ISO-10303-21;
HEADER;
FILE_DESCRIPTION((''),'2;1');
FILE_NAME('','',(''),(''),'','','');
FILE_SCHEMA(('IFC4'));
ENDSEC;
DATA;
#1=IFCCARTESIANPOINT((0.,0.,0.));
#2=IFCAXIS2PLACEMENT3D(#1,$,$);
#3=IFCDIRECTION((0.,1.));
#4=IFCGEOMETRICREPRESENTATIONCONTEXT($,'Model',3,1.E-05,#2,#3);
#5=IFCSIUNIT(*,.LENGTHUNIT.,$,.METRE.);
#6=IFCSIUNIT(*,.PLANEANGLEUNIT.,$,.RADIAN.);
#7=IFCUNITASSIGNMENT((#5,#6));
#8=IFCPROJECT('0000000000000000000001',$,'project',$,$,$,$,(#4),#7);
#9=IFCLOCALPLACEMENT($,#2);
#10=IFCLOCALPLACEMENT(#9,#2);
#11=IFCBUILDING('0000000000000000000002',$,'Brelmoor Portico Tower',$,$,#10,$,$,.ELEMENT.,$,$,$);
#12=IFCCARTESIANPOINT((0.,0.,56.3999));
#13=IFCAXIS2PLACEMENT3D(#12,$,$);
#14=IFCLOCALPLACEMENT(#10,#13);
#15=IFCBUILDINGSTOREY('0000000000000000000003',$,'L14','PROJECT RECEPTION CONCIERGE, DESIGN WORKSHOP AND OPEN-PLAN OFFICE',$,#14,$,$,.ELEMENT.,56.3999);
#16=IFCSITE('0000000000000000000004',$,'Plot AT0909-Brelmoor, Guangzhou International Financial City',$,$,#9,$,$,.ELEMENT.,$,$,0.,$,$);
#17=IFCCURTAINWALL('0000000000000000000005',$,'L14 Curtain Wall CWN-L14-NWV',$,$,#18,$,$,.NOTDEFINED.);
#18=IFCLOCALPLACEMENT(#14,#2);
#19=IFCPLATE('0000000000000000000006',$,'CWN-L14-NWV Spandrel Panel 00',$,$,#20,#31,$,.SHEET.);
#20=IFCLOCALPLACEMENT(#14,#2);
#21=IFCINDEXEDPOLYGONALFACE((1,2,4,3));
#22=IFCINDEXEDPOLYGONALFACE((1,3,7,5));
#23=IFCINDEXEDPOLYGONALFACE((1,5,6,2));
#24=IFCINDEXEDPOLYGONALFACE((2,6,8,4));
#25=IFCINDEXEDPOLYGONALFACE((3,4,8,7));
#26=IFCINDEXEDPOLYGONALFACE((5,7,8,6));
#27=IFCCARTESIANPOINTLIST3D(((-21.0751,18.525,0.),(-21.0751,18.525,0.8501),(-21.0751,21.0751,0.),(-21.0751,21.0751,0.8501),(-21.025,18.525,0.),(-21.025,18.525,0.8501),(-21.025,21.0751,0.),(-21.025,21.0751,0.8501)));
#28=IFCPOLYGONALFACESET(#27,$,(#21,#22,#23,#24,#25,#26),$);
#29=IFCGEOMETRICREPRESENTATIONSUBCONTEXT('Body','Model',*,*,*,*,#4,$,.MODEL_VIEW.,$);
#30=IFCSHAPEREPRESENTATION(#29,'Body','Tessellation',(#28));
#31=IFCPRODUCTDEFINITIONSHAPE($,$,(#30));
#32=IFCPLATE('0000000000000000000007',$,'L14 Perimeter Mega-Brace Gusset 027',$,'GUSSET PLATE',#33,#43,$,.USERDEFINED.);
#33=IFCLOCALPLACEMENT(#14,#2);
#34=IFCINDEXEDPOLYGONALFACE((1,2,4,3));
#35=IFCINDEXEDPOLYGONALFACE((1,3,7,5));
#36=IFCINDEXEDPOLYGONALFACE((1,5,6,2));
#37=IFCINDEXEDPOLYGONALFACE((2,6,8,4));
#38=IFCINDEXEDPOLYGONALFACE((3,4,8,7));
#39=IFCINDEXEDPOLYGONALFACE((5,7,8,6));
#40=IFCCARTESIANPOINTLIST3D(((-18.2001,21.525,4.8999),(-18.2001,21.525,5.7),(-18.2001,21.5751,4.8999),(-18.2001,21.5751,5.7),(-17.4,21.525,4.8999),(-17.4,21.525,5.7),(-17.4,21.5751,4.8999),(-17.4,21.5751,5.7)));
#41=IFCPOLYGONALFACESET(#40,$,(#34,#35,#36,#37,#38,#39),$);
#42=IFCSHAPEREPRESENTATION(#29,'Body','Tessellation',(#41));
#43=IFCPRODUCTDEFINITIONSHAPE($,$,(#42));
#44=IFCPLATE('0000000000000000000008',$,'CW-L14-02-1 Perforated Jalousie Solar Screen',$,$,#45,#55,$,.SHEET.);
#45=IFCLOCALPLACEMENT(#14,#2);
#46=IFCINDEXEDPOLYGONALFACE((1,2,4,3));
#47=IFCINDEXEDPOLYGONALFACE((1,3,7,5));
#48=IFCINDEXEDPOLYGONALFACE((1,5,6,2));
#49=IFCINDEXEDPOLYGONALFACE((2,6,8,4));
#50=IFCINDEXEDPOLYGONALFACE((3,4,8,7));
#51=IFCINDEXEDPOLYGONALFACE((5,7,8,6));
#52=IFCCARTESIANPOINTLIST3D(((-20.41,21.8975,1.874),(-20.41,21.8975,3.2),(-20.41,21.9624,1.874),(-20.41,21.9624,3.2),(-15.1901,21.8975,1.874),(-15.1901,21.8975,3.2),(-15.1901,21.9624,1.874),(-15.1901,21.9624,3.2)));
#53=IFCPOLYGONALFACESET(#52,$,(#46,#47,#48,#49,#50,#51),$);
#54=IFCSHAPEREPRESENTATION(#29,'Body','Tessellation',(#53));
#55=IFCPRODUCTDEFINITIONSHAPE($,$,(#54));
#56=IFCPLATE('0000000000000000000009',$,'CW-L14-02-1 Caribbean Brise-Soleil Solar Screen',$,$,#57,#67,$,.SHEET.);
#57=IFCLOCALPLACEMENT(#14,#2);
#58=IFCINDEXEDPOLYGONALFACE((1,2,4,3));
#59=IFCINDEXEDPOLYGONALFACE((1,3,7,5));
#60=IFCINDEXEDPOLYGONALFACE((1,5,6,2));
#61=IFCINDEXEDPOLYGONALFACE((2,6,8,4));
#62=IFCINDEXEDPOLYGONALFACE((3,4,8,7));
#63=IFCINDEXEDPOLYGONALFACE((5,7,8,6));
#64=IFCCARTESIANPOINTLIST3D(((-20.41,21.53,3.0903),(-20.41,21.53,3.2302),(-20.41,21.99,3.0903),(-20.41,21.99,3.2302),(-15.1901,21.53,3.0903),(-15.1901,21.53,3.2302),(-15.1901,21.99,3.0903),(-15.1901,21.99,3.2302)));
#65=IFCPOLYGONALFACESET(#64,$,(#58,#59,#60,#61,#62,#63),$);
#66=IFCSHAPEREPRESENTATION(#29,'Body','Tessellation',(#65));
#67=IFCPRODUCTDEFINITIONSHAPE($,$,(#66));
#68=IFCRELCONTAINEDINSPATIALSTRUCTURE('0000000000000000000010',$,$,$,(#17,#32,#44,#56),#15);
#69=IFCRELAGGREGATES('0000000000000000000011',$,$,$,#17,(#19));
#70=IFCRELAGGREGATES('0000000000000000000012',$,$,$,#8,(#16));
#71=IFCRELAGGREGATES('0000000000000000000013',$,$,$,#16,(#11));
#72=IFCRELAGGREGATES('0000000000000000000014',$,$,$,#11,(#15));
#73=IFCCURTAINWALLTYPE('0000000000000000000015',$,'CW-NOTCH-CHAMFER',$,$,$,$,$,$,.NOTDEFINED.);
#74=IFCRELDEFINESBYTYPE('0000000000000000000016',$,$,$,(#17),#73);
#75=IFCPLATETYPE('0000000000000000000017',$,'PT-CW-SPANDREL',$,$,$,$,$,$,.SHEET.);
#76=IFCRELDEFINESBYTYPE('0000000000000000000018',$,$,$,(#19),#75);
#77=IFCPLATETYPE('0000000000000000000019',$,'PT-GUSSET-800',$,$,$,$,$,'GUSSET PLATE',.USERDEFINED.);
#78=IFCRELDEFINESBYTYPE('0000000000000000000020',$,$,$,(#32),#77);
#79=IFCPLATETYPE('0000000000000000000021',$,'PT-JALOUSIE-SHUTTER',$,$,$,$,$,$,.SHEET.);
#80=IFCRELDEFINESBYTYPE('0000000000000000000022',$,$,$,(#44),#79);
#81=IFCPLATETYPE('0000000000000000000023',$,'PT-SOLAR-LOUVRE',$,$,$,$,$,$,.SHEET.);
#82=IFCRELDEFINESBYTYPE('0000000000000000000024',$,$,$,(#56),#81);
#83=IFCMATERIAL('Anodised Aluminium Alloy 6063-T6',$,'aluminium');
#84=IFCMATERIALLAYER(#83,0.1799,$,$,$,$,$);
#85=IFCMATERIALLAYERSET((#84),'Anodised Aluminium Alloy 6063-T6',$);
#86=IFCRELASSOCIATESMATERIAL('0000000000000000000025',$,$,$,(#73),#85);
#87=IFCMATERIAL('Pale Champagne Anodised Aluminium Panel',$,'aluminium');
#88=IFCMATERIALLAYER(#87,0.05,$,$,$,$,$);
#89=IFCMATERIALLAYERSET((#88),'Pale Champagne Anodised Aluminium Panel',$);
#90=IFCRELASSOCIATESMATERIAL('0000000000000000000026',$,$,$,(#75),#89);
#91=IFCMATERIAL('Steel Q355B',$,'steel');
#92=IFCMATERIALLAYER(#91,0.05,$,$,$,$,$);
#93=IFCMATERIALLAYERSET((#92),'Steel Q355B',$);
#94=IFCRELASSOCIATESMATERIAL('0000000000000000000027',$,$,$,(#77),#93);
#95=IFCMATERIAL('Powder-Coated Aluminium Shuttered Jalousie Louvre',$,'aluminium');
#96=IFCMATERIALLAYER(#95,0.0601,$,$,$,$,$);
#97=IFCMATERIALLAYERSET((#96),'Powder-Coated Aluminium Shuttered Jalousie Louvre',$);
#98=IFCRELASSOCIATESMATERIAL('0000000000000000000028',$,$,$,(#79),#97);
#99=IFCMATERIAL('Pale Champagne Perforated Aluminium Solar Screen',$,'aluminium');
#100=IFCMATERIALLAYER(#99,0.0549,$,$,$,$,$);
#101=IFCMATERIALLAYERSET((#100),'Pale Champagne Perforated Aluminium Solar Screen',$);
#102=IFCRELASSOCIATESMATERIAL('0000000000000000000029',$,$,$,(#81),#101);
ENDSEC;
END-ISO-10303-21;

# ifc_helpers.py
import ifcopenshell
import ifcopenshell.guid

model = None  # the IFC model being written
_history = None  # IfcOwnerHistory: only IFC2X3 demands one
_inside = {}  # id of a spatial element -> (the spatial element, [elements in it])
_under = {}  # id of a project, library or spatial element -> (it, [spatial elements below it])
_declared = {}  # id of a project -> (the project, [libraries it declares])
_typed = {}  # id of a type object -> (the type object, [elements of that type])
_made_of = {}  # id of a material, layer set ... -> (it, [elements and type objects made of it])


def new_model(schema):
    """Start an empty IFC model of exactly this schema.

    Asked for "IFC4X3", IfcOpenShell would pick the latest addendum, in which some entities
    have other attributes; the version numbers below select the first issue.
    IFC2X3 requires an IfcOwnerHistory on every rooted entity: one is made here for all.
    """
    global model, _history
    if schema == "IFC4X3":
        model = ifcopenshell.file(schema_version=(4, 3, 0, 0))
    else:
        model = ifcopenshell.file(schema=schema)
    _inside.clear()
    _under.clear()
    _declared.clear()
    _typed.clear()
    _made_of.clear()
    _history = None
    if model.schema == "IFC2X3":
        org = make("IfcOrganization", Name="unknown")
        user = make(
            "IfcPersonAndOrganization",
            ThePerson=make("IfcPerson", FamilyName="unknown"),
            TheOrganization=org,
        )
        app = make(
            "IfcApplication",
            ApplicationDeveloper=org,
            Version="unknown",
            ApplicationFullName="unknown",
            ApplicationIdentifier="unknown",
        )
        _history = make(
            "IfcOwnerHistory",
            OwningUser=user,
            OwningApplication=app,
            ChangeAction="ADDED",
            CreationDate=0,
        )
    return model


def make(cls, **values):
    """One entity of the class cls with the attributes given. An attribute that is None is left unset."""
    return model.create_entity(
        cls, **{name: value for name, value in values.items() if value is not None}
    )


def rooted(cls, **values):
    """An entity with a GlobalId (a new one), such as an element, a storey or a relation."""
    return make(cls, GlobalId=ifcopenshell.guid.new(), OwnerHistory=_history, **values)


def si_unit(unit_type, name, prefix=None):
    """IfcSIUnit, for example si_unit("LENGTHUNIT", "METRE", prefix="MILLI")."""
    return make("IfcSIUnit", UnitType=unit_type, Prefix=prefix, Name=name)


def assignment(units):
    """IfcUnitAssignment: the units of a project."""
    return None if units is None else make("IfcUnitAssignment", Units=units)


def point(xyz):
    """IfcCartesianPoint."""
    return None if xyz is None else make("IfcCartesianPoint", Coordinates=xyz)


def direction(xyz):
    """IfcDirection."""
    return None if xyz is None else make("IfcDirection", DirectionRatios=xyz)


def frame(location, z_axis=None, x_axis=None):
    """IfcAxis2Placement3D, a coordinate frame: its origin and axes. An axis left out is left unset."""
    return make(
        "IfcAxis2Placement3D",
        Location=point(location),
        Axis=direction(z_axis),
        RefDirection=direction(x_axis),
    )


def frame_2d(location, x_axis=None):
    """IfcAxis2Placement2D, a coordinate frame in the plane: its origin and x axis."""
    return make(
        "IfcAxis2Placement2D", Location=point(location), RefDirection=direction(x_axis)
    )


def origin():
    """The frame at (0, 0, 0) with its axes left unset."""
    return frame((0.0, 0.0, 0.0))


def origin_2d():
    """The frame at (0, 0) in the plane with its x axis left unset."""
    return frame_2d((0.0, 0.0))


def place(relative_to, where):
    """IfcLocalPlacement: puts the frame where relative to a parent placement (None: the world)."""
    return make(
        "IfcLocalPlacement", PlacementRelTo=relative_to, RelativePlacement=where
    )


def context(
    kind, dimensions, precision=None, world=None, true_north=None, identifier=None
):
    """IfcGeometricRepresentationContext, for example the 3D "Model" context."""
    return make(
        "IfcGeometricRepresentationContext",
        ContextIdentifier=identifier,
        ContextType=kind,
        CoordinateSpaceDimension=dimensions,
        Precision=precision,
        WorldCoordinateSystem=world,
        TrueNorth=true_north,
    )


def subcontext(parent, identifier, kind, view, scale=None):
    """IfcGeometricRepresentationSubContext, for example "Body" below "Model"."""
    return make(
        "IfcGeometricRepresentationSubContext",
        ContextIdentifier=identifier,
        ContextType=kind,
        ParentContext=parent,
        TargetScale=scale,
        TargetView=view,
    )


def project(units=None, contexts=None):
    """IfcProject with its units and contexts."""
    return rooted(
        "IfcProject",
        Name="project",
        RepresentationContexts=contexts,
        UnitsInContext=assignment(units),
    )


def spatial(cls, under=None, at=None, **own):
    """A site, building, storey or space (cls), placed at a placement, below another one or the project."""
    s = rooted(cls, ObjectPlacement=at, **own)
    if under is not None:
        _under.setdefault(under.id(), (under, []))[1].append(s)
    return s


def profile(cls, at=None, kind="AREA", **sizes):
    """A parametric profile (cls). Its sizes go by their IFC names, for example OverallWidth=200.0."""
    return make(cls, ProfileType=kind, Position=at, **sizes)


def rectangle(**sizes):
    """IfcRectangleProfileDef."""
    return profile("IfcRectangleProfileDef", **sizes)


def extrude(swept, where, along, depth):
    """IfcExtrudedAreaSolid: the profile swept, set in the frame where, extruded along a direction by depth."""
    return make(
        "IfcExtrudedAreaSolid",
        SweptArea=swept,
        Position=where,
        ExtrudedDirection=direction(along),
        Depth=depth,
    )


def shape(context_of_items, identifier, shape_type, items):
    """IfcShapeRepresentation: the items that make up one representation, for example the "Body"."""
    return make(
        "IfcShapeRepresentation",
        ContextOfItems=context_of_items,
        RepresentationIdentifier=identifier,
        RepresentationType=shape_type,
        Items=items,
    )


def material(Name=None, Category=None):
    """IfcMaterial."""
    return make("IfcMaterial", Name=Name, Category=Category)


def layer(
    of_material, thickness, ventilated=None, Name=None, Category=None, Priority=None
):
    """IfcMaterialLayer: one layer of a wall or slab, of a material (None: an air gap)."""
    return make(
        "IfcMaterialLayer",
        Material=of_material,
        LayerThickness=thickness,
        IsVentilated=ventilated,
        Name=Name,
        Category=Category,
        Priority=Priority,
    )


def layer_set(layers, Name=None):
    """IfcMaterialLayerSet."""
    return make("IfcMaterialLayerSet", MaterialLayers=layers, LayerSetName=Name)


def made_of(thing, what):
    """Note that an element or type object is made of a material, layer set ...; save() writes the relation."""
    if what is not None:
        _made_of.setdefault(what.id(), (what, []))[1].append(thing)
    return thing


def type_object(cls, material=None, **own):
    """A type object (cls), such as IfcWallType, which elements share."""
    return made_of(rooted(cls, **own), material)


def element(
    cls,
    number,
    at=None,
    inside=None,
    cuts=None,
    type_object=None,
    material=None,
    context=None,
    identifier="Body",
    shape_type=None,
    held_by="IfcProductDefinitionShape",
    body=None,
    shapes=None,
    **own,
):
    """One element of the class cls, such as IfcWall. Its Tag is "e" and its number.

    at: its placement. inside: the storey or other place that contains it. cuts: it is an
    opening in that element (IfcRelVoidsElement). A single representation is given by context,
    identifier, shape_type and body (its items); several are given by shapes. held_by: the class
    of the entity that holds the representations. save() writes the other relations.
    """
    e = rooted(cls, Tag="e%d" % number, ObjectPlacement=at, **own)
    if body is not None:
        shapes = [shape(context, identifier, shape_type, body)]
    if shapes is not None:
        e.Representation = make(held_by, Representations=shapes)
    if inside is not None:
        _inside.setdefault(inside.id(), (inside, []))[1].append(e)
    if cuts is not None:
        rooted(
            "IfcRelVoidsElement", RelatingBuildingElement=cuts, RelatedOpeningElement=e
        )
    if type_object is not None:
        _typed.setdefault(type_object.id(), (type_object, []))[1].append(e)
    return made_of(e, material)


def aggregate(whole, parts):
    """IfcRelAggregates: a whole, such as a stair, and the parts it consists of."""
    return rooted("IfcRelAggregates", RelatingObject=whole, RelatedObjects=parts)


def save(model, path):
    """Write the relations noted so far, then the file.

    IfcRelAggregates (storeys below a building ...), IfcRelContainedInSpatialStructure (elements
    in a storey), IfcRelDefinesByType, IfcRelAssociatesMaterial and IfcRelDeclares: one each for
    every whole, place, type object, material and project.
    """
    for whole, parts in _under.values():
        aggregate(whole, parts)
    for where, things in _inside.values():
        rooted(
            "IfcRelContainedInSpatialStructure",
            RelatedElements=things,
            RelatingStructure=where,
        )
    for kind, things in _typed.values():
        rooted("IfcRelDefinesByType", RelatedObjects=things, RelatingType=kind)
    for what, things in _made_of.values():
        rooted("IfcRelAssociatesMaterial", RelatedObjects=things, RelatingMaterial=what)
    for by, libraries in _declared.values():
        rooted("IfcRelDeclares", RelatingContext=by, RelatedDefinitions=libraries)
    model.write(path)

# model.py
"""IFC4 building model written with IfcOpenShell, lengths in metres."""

from ifc_helpers import new_model, si_unit, direction, frame, origin, origin_2d, place, context, subcontext, project, spatial, rectangle, extrude, material, layer, layer_set, type_object, element, aggregate, save


model = new_model("IFC4")

# Units and contexts
model_context = context("Model", 3, precision=1e-05, world=origin(), true_north=direction((0.0, 1.0)))
body_context = subcontext(model_context, "Body", "Model", "MODEL_VIEW")
ifc_project = project(units=[si_unit("LENGTHUNIT", "METRE"), si_unit("PLANEANGLEUNIT", "RADIAN")], contexts=[model_context])

# Site, building, storey
site_placement = place(None, origin())
site = spatial("IfcSite", under=ifc_project, at=site_placement, Name="Plot AT0909-Brelmoor, Guangzhou International Financial City", CompositionType="ELEMENT", RefElevation=0.0)
building_placement = place(site_placement, origin())
building = spatial("IfcBuilding", under=site, at=building_placement, Name="Brelmoor Portico Tower", CompositionType="ELEMENT")
storey_placement = place(building_placement, frame((0.0, 0.0, 56.3999)))
storey = spatial("IfcBuildingStorey", under=building, at=storey_placement, Name="L14", Description="PROJECT RECEPTION CONCIERGE, DESIGN WORKSHOP AND OPEN-PLAN OFFICE", CompositionType="ELEMENT", Elevation=56.3999)

# Shared definitions
ifc_material_1 = material(Name="Steel Q355B", Category="steel")

# Curtain wall
ifc_material_2 = material(Name="Anodised Aluminium Alloy 6063-T6", Category="aluminium")
ifc_layer_1 = layer(ifc_material_2, 0.1799)
ifc_layer_set_1 = layer_set([ifc_layer_1], Name="Anodised Aluminium Alloy 6063-T6")
curtain_wall_type_1 = type_object("IfcCurtainWallType", Name="CW-NOTCH-CHAMFER", PredefinedType="NOTDEFINED", material=ifc_layer_set_1)
curtain_wall_1_placement = place(storey_placement, origin())
curtain_wall_1 = element("IfcCurtainWall", 1, at=curtain_wall_1_placement, inside=storey, type_object=curtain_wall_type_1, Name="L14 Curtain Wall CWN-L14-NWV", PredefinedType="NOTDEFINED")

# Plate
ifc_material_3 = material(Name="Pale Champagne Anodised Aluminium Panel", Category="aluminium")
ifc_layer_2 = layer(ifc_material_3, 0.05)
ifc_layer_set_2 = layer_set([ifc_layer_2], Name="Pale Champagne Anodised Aluminium Panel")
plate_type_1 = type_object("IfcPlateType", Name="PT-CW-SPANDREL", PredefinedType="SHEET", material=ifc_layer_set_2)
plate_1_placement = place(storey_placement, frame((-21.05, 19.8, 0.0), z_axis=(0.0, 0.0, 1.0), x_axis=(0.0, 1.0, 0.0)))
plate_1 = element("IfcPlate", 2, at=plate_1_placement, type_object=plate_type_1, Name="CWN-L14-NWV Spandrel Panel 00", PredefinedType="SHEET", context=body_context, shape_type="SweptSolid", body=[
    extrude(rectangle(XDim=2.55, YDim=0.05, at=origin_2d()), origin(), (0.0, 0.0, 1.0), 0.8501),
])
aggregate(curtain_wall_1, [plate_1])

# Plates
ifc_layer_3 = layer(ifc_material_1, 0.05)
ifc_layer_set_3 = layer_set([ifc_layer_3], Name="Steel Q355B")
plate_type_2 = type_object("IfcPlateType", Name="PT-GUSSET-800", ElementType="GUSSET PLATE", PredefinedType="USERDEFINED", material=ifc_layer_set_3)
plate_2_placement = place(storey_placement, frame((-17.8, 21.55, 4.8999), z_axis=(0.0, 0.0, 1.0), x_axis=(1.0, 0.0, 0.0)))
element("IfcPlate", 3, at=plate_2_placement, inside=storey, type_object=plate_type_2, Name="L14 Perimeter Mega-Brace Gusset 027", ObjectType="GUSSET PLATE", PredefinedType="USERDEFINED", context=body_context, shape_type="SweptSolid", body=[
    extrude(rectangle(XDim=0.8, YDim=0.05, at=origin_2d()), origin(), (0.0, 0.0, 1.0), 0.8),
])
ifc_material_4 = material(Name="Powder-Coated Aluminium Shuttered Jalousie Louvre", Category="aluminium")
ifc_layer_4 = layer(ifc_material_4, 0.0601)
ifc_layer_set_4 = layer_set([ifc_layer_4], Name="Powder-Coated Aluminium Shuttered Jalousie Louvre")
plate_type_3 = type_object("IfcPlateType", Name="PT-JALOUSIE-SHUTTER", PredefinedType="SHEET", material=ifc_layer_set_4)
plate_3_placement = place(storey_placement, frame((-17.8, 21.9299, 1.874), z_axis=(0.0, 0.0, 1.0), x_axis=(1.0, 0.0, 0.0)))
element("IfcPlate", 4, at=plate_3_placement, inside=storey, type_object=plate_type_3, Name="CW-L14-02-1 Perforated Jalousie Solar Screen", PredefinedType="SHEET", context=body_context, shape_type="SweptSolid", body=[
    extrude(rectangle(XDim=5.22, YDim=0.0649, at=origin_2d()), origin(), (0.0, 0.0, 1.0), 1.3259),
])
ifc_material_5 = material(Name="Pale Champagne Perforated Aluminium Solar Screen", Category="aluminium")
ifc_layer_5 = layer(ifc_material_5, 0.0549)
ifc_layer_set_5 = layer_set([ifc_layer_5], Name="Pale Champagne Perforated Aluminium Solar Screen")
plate_type_4 = type_object("IfcPlateType", Name="PT-SOLAR-LOUVRE", PredefinedType="SHEET", material=ifc_layer_set_5)
plate_4_placement = place(storey_placement, frame((-17.8, 21.76, 3.0903), z_axis=(0.0, 0.0, 1.0), x_axis=(1.0, 0.0, 0.0)))
element("IfcPlate", 5, at=plate_4_placement, inside=storey, type_object=plate_type_4, Name="CW-L14-02-1 Caribbean Brise-Soleil Solar Screen", PredefinedType="SHEET", context=body_context, shape_type="SweptSolid", body=[
    extrude(rectangle(XDim=5.22, YDim=0.46, at=origin_2d()), origin(), (0.0, 0.0, 1.0), 0.1399),
])

save(model, "model.ifc")
